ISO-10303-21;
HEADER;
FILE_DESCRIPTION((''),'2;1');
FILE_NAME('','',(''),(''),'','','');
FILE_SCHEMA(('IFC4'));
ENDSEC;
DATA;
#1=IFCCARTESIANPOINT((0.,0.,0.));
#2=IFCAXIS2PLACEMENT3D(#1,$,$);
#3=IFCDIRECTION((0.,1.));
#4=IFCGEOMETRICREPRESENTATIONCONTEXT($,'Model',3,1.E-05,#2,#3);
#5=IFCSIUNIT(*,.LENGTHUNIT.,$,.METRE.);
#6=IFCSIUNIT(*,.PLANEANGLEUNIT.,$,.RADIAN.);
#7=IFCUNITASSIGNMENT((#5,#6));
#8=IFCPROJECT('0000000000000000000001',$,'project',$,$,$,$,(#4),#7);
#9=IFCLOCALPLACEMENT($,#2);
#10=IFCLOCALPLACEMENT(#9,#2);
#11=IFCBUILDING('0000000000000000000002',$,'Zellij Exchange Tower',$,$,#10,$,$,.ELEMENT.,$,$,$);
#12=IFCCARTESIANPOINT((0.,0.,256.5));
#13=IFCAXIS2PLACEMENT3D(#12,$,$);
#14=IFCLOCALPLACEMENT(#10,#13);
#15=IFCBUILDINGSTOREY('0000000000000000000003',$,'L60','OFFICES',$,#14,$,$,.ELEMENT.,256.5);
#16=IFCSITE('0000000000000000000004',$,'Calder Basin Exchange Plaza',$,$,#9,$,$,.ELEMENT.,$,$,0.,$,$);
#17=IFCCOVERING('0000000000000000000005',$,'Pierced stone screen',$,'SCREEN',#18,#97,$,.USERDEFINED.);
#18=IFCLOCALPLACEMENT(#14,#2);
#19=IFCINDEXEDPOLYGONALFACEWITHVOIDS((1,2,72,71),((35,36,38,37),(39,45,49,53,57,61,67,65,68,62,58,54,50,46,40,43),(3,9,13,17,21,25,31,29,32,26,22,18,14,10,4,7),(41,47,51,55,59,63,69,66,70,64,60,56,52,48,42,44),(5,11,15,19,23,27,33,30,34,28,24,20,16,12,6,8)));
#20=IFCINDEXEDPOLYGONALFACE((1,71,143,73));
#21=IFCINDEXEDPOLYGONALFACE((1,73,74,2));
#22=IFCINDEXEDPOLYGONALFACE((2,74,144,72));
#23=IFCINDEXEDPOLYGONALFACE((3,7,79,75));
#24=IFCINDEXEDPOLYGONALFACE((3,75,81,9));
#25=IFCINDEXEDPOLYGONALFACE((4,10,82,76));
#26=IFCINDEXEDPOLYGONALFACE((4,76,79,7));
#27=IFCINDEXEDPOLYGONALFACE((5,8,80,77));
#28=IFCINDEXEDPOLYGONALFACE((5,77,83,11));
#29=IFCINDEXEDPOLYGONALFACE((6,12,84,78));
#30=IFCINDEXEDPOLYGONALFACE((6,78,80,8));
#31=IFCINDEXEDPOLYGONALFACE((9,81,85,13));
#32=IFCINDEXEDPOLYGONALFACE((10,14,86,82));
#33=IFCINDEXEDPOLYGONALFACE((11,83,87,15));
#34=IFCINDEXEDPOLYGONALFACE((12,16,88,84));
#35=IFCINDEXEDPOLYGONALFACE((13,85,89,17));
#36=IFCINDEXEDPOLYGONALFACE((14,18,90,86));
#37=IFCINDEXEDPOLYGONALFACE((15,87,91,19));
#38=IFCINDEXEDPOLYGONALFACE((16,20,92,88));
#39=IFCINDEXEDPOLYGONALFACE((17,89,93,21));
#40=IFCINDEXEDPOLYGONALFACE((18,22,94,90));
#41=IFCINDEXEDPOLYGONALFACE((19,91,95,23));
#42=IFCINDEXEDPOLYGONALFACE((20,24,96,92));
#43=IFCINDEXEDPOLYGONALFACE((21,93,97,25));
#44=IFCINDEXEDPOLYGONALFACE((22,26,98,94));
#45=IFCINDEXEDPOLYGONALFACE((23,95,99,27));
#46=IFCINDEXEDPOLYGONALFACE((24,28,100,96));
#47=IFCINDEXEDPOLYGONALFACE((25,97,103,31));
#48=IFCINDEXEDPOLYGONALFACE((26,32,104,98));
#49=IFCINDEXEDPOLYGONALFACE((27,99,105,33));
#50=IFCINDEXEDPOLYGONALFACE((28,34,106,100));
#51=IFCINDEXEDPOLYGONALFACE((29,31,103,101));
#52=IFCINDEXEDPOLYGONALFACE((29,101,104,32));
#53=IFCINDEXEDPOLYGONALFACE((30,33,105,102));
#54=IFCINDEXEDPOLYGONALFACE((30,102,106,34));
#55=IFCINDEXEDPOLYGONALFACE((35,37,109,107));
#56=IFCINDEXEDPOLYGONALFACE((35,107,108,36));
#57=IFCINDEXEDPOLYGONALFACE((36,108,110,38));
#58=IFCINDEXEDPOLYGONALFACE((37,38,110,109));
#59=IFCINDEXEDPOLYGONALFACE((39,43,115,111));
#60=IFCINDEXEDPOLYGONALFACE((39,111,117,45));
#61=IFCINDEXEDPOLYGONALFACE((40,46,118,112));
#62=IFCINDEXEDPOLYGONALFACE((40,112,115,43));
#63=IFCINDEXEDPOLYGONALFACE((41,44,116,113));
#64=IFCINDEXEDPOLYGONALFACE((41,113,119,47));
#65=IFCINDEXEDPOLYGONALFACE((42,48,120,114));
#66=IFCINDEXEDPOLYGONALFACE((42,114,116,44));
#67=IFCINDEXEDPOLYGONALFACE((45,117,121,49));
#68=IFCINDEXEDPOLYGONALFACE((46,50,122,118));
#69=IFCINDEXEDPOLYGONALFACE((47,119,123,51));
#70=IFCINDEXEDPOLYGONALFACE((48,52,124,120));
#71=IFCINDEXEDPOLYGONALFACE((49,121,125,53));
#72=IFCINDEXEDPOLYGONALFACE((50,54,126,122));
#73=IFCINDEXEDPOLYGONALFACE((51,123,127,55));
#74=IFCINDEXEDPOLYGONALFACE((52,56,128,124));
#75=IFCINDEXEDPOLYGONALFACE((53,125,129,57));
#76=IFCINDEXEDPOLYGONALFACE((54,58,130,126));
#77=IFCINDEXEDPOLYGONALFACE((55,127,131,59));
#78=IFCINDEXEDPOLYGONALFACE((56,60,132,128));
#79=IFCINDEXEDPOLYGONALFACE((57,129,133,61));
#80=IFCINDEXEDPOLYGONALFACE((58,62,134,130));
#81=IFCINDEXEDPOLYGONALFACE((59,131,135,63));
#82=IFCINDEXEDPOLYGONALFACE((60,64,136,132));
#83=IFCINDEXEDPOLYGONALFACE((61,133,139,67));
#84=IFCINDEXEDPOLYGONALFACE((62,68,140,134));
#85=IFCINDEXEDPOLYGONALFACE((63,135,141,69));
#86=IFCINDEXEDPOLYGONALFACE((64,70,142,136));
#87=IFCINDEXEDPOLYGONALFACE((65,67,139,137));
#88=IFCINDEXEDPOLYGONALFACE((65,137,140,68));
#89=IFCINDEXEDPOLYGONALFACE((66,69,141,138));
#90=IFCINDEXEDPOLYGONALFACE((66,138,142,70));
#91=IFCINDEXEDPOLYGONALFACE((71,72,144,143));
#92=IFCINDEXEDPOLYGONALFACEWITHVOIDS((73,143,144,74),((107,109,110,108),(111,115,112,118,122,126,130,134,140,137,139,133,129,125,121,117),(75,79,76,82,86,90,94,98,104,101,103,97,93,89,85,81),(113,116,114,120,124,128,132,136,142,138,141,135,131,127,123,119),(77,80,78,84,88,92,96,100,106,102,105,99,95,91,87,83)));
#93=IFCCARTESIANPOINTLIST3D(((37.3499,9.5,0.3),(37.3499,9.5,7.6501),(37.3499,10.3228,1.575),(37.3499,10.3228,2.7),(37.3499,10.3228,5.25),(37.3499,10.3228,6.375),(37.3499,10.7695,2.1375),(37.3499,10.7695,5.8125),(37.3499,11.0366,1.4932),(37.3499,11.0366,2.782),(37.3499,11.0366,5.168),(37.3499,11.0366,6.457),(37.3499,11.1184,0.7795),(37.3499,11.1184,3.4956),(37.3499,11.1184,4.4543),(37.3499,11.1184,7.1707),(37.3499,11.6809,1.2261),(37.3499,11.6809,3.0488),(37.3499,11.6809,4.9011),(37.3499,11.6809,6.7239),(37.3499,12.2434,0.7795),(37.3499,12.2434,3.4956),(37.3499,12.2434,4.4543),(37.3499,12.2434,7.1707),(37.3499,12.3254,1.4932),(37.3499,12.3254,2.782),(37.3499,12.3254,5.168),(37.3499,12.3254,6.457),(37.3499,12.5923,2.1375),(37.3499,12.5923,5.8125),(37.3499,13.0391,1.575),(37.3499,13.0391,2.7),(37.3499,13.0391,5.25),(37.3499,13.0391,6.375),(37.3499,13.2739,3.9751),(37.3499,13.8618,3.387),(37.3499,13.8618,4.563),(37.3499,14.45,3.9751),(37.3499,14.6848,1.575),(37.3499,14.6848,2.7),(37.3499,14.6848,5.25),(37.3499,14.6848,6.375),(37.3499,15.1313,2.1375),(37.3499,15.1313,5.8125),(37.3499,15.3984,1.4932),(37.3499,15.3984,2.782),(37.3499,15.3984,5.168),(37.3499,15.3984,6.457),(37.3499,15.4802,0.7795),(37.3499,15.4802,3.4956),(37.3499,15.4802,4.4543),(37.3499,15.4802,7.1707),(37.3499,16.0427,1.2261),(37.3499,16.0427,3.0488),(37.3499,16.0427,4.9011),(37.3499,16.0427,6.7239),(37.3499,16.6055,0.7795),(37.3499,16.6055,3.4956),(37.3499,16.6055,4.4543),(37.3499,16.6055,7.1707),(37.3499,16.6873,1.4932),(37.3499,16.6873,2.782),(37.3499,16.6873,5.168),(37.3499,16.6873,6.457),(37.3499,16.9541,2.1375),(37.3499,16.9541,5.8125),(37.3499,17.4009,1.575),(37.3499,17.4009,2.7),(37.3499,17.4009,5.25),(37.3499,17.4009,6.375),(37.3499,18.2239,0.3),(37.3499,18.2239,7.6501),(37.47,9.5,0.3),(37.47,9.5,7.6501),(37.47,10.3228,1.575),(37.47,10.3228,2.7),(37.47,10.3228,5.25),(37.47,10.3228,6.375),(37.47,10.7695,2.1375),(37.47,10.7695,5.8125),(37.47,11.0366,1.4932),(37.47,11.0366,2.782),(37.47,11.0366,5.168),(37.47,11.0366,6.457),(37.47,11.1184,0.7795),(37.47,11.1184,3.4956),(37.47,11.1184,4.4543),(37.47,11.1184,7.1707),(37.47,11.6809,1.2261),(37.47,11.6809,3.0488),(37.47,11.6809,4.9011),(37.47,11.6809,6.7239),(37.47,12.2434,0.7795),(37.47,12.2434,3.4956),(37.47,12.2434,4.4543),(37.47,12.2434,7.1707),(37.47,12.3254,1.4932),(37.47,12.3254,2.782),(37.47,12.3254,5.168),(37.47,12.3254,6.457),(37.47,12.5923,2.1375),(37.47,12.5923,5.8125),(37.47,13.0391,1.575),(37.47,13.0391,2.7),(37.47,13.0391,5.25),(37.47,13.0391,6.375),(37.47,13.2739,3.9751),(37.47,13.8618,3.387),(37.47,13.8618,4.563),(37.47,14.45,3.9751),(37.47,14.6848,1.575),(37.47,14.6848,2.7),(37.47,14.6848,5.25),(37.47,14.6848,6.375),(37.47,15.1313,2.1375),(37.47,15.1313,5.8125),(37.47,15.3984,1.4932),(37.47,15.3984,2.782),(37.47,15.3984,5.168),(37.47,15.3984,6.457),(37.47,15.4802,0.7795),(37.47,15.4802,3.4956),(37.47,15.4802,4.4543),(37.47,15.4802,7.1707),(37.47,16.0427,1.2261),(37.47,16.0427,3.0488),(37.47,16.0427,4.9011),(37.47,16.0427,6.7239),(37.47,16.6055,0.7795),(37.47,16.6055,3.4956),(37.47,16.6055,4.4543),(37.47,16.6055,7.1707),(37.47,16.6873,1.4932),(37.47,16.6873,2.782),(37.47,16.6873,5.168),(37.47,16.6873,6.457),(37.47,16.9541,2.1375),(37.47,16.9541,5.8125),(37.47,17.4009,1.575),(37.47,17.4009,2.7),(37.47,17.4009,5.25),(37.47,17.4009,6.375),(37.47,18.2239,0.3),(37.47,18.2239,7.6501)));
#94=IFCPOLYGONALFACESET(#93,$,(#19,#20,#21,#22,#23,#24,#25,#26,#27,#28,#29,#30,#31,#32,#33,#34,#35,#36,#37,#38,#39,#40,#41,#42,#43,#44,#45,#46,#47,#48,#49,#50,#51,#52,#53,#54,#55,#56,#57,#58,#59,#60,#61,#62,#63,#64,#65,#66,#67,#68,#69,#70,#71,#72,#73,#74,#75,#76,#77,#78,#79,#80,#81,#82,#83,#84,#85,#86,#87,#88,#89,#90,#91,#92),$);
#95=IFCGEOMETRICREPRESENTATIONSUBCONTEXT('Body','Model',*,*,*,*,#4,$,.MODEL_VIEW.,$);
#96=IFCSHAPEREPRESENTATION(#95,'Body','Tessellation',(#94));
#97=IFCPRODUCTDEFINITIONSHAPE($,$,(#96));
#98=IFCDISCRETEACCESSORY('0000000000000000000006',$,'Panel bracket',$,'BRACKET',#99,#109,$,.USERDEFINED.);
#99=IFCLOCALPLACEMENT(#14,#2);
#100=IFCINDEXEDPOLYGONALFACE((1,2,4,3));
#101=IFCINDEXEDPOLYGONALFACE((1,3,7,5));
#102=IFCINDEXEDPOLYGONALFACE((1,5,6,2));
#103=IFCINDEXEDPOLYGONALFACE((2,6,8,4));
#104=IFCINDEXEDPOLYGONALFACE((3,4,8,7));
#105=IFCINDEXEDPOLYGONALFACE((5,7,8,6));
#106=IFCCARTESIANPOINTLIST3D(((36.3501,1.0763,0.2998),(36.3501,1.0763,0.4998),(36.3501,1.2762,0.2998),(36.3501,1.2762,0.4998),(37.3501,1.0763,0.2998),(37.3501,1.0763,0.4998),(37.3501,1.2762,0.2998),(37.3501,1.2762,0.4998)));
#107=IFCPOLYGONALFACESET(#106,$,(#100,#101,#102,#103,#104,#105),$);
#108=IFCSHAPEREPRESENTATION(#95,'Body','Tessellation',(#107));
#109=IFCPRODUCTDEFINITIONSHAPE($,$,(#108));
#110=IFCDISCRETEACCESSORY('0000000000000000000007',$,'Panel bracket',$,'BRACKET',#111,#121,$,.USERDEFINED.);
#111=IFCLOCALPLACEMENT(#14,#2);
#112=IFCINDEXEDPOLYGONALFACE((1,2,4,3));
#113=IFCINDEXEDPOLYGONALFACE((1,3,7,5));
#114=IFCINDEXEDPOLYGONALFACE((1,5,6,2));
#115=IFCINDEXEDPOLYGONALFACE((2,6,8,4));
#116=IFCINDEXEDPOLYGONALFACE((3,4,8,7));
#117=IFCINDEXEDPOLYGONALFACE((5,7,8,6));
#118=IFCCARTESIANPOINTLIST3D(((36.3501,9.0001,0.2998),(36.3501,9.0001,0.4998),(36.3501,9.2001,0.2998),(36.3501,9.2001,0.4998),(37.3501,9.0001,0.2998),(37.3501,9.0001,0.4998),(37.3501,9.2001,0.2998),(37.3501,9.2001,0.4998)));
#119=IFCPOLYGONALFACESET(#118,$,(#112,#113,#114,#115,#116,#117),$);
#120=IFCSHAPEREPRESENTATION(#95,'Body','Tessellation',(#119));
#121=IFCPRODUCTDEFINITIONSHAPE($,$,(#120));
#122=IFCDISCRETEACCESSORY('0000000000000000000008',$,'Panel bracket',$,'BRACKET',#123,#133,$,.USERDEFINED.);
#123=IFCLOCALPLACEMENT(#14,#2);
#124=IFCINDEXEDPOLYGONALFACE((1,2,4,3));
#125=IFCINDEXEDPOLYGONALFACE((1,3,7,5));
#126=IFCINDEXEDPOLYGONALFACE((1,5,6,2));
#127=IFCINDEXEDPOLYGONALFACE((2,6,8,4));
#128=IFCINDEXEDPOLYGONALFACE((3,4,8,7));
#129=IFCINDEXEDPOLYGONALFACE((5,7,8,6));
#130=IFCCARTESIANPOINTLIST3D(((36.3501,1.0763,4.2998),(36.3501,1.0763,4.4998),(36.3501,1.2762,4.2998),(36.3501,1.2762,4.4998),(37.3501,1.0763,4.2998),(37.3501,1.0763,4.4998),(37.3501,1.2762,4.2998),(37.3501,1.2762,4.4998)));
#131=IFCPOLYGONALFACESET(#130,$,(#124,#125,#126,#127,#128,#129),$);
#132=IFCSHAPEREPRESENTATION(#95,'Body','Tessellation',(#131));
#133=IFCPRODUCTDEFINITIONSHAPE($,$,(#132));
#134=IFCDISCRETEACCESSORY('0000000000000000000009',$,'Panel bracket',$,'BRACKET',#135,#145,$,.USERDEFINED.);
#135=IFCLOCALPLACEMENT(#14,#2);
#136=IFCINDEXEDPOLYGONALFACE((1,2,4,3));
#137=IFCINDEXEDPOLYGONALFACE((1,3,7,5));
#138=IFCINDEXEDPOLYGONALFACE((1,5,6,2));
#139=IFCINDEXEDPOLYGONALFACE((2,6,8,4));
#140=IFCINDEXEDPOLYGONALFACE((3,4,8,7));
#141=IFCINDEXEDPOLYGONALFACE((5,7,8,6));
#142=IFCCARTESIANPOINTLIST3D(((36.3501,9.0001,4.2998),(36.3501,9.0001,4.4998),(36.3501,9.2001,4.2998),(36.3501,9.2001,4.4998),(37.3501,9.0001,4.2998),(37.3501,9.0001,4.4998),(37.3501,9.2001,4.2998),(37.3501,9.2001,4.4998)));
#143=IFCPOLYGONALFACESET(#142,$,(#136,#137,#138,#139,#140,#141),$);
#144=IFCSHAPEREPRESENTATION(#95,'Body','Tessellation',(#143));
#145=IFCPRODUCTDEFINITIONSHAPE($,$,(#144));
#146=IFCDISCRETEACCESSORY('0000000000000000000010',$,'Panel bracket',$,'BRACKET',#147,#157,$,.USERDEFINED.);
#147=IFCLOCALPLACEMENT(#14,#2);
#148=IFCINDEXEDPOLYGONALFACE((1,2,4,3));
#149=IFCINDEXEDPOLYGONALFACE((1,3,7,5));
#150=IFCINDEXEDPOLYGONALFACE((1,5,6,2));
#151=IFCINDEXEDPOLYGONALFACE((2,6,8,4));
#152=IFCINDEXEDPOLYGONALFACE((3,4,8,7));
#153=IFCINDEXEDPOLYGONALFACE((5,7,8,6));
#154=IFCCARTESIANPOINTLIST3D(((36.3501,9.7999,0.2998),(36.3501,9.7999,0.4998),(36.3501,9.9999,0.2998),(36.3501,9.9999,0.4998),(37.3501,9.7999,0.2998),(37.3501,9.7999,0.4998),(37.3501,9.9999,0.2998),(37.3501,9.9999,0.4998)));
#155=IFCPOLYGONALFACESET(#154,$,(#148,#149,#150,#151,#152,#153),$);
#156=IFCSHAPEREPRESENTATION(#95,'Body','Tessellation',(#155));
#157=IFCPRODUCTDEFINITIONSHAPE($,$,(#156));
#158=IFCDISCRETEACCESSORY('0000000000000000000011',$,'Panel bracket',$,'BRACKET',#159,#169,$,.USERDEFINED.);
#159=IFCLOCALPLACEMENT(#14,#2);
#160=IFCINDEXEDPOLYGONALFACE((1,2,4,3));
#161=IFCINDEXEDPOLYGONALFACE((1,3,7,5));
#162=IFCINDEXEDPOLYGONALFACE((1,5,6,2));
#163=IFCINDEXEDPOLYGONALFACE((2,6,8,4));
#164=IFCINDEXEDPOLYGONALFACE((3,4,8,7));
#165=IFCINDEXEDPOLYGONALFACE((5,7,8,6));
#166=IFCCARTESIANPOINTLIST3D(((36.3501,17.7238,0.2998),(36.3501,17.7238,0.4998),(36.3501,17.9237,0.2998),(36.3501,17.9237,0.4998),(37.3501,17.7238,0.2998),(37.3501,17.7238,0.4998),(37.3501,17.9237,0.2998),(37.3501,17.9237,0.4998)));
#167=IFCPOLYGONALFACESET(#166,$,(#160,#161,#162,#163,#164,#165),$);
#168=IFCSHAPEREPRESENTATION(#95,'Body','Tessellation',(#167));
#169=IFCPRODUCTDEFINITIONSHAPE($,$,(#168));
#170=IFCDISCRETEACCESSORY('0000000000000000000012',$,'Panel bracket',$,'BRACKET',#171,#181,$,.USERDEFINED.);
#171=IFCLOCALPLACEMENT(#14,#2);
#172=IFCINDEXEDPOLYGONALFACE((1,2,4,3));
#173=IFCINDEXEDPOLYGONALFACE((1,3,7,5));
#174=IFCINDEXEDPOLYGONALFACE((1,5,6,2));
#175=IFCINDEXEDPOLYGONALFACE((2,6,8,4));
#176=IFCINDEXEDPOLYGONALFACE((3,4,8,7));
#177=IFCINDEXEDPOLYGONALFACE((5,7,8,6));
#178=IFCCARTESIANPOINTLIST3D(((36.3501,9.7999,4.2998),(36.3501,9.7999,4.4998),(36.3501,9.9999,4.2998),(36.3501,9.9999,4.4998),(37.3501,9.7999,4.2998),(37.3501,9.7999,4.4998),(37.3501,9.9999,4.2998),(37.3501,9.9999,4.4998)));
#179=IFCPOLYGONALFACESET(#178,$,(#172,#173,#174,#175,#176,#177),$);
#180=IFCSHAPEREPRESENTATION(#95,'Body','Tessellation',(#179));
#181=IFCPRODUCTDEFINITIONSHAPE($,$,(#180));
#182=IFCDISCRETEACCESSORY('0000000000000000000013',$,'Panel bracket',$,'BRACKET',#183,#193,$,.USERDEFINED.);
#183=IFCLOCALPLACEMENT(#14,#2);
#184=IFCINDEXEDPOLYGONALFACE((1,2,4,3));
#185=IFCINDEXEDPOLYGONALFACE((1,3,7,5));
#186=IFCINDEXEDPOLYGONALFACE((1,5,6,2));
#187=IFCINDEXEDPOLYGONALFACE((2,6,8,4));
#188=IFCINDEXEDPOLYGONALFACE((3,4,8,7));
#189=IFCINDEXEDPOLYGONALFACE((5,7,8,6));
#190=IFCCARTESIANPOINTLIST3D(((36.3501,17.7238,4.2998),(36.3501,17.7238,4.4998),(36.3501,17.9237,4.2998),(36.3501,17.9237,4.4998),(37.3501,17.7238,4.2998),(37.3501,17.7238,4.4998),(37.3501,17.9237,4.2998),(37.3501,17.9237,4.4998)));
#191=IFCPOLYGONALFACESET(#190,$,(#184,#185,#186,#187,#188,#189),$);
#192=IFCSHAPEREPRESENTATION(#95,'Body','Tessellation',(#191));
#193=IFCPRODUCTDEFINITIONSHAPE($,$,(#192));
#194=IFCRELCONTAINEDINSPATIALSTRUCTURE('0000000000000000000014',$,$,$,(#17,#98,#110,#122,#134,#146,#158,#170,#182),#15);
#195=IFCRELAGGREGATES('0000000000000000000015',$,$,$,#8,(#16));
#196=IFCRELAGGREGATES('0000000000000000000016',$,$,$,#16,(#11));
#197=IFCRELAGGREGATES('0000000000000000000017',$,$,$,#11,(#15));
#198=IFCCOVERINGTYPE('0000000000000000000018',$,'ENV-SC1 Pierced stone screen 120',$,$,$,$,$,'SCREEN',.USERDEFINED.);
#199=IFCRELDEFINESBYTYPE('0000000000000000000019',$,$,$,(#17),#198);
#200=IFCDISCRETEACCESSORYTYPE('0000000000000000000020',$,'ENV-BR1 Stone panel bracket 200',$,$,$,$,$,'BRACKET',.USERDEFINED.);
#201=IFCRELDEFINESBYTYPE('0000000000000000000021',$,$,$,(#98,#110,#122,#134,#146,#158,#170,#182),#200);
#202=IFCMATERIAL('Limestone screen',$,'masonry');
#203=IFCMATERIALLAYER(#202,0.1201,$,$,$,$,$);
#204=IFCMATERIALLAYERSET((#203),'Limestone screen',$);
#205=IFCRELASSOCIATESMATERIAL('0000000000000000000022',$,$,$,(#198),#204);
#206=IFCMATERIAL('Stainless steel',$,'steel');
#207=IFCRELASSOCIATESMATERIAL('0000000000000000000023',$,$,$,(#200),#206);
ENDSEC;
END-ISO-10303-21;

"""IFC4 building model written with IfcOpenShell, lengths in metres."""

from ifc_helpers import new_model, si_unit, direction, frame, origin, origin_2d, place, context, subcontext, project, spatial, polyline, rectangle, outline, extrude, material, layer, layer_set, type_object, element, save


model = new_model("IFC4")

# Units and contexts
model_context = context("Model", 3, precision=1e-05, world=origin(), true_north=direction((0.0, 1.0)))
body_context = subcontext(model_context, "Body", "Model", "MODEL_VIEW")
ifc_project = project(units=[si_unit("LENGTHUNIT", "METRE"), si_unit("PLANEANGLEUNIT", "RADIAN")], contexts=[model_context])

# Site, building, storey
site_placement = place(None, origin())
site = spatial("IfcSite", under=ifc_project, at=site_placement, Name="Calder Basin Exchange Plaza", CompositionType="ELEMENT", RefElevation=0.0)
building_placement = place(site_placement, origin())
building = spatial("IfcBuilding", under=site, at=building_placement, Name="Zellij Exchange Tower", CompositionType="ELEMENT")
storey_placement = place(building_placement, frame((0.0, 0.0, 256.5)))
storey = spatial("IfcBuildingStorey", under=building, at=storey_placement, Name="L60", Description="OFFICES", CompositionType="ELEMENT", Elevation=256.5)

# Covering
ifc_material_1 = material(Name="Limestone screen", Category="masonry")
ifc_layer_1 = layer(ifc_material_1, 0.1201)
ifc_layer_set_1 = layer_set([ifc_layer_1], Name="Limestone screen")
covering_type = type_object("IfcCoveringType", Name="ENV-SC1 Pierced stone screen 120", ElementType="SCREEN", PredefinedType="USERDEFINED", material=ifc_layer_set_1)
covering_1_placement = place(storey_placement, frame((37.4099, 9.5, 0.3), z_axis=(0.0, 0.0, 1.0), x_axis=(0.0, 1.0, 0.0)))
element("IfcCovering", 1, at=covering_1_placement, inside=storey, type_object=covering_type, Name="Pierced stone screen", ObjectType="SCREEN", PredefinedType="USERDEFINED", context=body_context, shape_type="SweptSolid", body=[
    extrude(outline(polyline([(0.0, 0.0), (8.7239, 0.0), (8.7239, 7.3501), (0.0, 7.3501), (0.0, 0.0)]), holes=[polyline([(3.5391, 2.3999), (2.8254, 2.4819), (2.7434, 3.1956), (2.1809, 2.7488), (1.6184, 3.1956), (1.5366, 2.4819), (0.8228, 2.3999), (1.2695, 1.8374), (0.8228, 1.2749), (1.5366, 1.1931), (1.6184, 0.4795), (2.1809, 0.926), (2.7434, 0.4795), (2.8254, 1.1931), (3.5391, 1.2749), (3.0923, 1.8374), (3.5391, 2.3999)]), polyline([(3.5391, 6.075), (2.8254, 6.157), (2.7434, 6.8706), (2.1809, 6.4238), (1.6184, 6.8706), (1.5366, 6.157), (0.8228, 6.075), (1.2695, 5.5125), (0.8228, 4.95), (1.5366, 4.8679), (1.6184, 4.1543), (2.1809, 4.6011), (2.7434, 4.1543), (2.8254, 4.8679), (3.5391, 4.95), (3.0923, 5.5125), (3.5391, 6.075)]), polyline([(7.9009, 2.3999), (7.1873, 2.4819), (7.1055, 3.1956), (6.5427, 2.7488), (5.9802, 3.1956), (5.8984, 2.4819), (5.1848, 2.3999), (5.6313, 1.8374), (5.1848, 1.2749), (5.8984, 1.1931), (5.9802, 0.4795), (6.5427, 0.926), (7.1055, 0.4795), (7.1873, 1.1931), (7.9009, 1.2749), (7.4541, 1.8374), (7.9009, 2.3999)]), polyline([(7.9009, 6.075), (7.1873, 6.157), (7.1055, 6.8706), (6.5427, 6.4238), (5.9802, 6.8706), (5.8984, 6.157), (5.1848, 6.075), (5.6313, 5.5125), (5.1848, 4.95), (5.8984, 4.8679), (5.9802, 4.1543), (6.5427, 4.6011), (7.1055, 4.1543), (7.1873, 4.8679), (7.9009, 4.95), (7.4541, 5.5125), (7.9009, 6.075)]), polyline([(4.95, 3.675), (4.3618, 4.2629), (3.7739, 3.675), (4.3618, 3.0869), (4.95, 3.675)])]), frame((0.0, 0.0601, 0.0), z_axis=(0.0, -1.0, 0.0), x_axis=(1.0, 0.0, 0.0)), (0.0, 0.0, 1.0), 0.1201),
])

# Discrete accessories
ifc_material_2 = material(Name="Stainless steel", Category="steel")
discrete_accessory_type = type_object("IfcDiscreteAccessoryType", Name="ENV-BR1 Stone panel bracket 200", ElementType="BRACKET", PredefinedType="USERDEFINED", material=ifc_material_2)
for number, where, z_axis, x_axis, name in (
    (2, (36.8501, 1.1763, 0.2998), (0.0, 0.0, 1.0), (0.0, 1.0, 0.0), "Panel bracket"),
    (3, (36.8501, 9.1001, 0.2998), (0.0, 0.0, 1.0), (0.0, 1.0, 0.0), "Panel bracket"),
    (4, (36.8501, 1.1763, 4.2998), (0.0, 0.0, 1.0), (0.0, 1.0, 0.0), "Panel bracket"),
    (5, (36.8501, 9.1001, 4.2998), (0.0, 0.0, 1.0), (0.0, 1.0, 0.0), "Panel bracket"),
    (6, (36.8501, 9.8999, 0.2998), (0.0, 0.0, 1.0), (0.0, 1.0, 0.0), "Panel bracket"),
    (7, (36.8501, 17.8237, 0.2998), (0.0, 0.0, 1.0), (0.0, 1.0, 0.0), "Panel bracket"),
    (8, (36.8501, 9.8999, 4.2998), (0.0, 0.0, 1.0), (0.0, 1.0, 0.0), "Panel bracket"),
    (9, (36.8501, 17.8237, 4.2998), (0.0, 0.0, 1.0), (0.0, 1.0, 0.0), "Panel bracket"),
):
    element("IfcDiscreteAccessory", number, at=place(storey_placement, frame(where, z_axis=z_axis, x_axis=x_axis)), inside=storey, type_object=discrete_accessory_type, Name=name, ObjectType="BRACKET", PredefinedType="USERDEFINED", context=body_context, shape_type="SweptSolid", body=[
        extrude(rectangle(XDim=0.2, YDim=1.0, at=origin_2d()), origin(), (0.0, 0.0, 1.0), 0.2),
    ])

save(model, "model.ifc")
